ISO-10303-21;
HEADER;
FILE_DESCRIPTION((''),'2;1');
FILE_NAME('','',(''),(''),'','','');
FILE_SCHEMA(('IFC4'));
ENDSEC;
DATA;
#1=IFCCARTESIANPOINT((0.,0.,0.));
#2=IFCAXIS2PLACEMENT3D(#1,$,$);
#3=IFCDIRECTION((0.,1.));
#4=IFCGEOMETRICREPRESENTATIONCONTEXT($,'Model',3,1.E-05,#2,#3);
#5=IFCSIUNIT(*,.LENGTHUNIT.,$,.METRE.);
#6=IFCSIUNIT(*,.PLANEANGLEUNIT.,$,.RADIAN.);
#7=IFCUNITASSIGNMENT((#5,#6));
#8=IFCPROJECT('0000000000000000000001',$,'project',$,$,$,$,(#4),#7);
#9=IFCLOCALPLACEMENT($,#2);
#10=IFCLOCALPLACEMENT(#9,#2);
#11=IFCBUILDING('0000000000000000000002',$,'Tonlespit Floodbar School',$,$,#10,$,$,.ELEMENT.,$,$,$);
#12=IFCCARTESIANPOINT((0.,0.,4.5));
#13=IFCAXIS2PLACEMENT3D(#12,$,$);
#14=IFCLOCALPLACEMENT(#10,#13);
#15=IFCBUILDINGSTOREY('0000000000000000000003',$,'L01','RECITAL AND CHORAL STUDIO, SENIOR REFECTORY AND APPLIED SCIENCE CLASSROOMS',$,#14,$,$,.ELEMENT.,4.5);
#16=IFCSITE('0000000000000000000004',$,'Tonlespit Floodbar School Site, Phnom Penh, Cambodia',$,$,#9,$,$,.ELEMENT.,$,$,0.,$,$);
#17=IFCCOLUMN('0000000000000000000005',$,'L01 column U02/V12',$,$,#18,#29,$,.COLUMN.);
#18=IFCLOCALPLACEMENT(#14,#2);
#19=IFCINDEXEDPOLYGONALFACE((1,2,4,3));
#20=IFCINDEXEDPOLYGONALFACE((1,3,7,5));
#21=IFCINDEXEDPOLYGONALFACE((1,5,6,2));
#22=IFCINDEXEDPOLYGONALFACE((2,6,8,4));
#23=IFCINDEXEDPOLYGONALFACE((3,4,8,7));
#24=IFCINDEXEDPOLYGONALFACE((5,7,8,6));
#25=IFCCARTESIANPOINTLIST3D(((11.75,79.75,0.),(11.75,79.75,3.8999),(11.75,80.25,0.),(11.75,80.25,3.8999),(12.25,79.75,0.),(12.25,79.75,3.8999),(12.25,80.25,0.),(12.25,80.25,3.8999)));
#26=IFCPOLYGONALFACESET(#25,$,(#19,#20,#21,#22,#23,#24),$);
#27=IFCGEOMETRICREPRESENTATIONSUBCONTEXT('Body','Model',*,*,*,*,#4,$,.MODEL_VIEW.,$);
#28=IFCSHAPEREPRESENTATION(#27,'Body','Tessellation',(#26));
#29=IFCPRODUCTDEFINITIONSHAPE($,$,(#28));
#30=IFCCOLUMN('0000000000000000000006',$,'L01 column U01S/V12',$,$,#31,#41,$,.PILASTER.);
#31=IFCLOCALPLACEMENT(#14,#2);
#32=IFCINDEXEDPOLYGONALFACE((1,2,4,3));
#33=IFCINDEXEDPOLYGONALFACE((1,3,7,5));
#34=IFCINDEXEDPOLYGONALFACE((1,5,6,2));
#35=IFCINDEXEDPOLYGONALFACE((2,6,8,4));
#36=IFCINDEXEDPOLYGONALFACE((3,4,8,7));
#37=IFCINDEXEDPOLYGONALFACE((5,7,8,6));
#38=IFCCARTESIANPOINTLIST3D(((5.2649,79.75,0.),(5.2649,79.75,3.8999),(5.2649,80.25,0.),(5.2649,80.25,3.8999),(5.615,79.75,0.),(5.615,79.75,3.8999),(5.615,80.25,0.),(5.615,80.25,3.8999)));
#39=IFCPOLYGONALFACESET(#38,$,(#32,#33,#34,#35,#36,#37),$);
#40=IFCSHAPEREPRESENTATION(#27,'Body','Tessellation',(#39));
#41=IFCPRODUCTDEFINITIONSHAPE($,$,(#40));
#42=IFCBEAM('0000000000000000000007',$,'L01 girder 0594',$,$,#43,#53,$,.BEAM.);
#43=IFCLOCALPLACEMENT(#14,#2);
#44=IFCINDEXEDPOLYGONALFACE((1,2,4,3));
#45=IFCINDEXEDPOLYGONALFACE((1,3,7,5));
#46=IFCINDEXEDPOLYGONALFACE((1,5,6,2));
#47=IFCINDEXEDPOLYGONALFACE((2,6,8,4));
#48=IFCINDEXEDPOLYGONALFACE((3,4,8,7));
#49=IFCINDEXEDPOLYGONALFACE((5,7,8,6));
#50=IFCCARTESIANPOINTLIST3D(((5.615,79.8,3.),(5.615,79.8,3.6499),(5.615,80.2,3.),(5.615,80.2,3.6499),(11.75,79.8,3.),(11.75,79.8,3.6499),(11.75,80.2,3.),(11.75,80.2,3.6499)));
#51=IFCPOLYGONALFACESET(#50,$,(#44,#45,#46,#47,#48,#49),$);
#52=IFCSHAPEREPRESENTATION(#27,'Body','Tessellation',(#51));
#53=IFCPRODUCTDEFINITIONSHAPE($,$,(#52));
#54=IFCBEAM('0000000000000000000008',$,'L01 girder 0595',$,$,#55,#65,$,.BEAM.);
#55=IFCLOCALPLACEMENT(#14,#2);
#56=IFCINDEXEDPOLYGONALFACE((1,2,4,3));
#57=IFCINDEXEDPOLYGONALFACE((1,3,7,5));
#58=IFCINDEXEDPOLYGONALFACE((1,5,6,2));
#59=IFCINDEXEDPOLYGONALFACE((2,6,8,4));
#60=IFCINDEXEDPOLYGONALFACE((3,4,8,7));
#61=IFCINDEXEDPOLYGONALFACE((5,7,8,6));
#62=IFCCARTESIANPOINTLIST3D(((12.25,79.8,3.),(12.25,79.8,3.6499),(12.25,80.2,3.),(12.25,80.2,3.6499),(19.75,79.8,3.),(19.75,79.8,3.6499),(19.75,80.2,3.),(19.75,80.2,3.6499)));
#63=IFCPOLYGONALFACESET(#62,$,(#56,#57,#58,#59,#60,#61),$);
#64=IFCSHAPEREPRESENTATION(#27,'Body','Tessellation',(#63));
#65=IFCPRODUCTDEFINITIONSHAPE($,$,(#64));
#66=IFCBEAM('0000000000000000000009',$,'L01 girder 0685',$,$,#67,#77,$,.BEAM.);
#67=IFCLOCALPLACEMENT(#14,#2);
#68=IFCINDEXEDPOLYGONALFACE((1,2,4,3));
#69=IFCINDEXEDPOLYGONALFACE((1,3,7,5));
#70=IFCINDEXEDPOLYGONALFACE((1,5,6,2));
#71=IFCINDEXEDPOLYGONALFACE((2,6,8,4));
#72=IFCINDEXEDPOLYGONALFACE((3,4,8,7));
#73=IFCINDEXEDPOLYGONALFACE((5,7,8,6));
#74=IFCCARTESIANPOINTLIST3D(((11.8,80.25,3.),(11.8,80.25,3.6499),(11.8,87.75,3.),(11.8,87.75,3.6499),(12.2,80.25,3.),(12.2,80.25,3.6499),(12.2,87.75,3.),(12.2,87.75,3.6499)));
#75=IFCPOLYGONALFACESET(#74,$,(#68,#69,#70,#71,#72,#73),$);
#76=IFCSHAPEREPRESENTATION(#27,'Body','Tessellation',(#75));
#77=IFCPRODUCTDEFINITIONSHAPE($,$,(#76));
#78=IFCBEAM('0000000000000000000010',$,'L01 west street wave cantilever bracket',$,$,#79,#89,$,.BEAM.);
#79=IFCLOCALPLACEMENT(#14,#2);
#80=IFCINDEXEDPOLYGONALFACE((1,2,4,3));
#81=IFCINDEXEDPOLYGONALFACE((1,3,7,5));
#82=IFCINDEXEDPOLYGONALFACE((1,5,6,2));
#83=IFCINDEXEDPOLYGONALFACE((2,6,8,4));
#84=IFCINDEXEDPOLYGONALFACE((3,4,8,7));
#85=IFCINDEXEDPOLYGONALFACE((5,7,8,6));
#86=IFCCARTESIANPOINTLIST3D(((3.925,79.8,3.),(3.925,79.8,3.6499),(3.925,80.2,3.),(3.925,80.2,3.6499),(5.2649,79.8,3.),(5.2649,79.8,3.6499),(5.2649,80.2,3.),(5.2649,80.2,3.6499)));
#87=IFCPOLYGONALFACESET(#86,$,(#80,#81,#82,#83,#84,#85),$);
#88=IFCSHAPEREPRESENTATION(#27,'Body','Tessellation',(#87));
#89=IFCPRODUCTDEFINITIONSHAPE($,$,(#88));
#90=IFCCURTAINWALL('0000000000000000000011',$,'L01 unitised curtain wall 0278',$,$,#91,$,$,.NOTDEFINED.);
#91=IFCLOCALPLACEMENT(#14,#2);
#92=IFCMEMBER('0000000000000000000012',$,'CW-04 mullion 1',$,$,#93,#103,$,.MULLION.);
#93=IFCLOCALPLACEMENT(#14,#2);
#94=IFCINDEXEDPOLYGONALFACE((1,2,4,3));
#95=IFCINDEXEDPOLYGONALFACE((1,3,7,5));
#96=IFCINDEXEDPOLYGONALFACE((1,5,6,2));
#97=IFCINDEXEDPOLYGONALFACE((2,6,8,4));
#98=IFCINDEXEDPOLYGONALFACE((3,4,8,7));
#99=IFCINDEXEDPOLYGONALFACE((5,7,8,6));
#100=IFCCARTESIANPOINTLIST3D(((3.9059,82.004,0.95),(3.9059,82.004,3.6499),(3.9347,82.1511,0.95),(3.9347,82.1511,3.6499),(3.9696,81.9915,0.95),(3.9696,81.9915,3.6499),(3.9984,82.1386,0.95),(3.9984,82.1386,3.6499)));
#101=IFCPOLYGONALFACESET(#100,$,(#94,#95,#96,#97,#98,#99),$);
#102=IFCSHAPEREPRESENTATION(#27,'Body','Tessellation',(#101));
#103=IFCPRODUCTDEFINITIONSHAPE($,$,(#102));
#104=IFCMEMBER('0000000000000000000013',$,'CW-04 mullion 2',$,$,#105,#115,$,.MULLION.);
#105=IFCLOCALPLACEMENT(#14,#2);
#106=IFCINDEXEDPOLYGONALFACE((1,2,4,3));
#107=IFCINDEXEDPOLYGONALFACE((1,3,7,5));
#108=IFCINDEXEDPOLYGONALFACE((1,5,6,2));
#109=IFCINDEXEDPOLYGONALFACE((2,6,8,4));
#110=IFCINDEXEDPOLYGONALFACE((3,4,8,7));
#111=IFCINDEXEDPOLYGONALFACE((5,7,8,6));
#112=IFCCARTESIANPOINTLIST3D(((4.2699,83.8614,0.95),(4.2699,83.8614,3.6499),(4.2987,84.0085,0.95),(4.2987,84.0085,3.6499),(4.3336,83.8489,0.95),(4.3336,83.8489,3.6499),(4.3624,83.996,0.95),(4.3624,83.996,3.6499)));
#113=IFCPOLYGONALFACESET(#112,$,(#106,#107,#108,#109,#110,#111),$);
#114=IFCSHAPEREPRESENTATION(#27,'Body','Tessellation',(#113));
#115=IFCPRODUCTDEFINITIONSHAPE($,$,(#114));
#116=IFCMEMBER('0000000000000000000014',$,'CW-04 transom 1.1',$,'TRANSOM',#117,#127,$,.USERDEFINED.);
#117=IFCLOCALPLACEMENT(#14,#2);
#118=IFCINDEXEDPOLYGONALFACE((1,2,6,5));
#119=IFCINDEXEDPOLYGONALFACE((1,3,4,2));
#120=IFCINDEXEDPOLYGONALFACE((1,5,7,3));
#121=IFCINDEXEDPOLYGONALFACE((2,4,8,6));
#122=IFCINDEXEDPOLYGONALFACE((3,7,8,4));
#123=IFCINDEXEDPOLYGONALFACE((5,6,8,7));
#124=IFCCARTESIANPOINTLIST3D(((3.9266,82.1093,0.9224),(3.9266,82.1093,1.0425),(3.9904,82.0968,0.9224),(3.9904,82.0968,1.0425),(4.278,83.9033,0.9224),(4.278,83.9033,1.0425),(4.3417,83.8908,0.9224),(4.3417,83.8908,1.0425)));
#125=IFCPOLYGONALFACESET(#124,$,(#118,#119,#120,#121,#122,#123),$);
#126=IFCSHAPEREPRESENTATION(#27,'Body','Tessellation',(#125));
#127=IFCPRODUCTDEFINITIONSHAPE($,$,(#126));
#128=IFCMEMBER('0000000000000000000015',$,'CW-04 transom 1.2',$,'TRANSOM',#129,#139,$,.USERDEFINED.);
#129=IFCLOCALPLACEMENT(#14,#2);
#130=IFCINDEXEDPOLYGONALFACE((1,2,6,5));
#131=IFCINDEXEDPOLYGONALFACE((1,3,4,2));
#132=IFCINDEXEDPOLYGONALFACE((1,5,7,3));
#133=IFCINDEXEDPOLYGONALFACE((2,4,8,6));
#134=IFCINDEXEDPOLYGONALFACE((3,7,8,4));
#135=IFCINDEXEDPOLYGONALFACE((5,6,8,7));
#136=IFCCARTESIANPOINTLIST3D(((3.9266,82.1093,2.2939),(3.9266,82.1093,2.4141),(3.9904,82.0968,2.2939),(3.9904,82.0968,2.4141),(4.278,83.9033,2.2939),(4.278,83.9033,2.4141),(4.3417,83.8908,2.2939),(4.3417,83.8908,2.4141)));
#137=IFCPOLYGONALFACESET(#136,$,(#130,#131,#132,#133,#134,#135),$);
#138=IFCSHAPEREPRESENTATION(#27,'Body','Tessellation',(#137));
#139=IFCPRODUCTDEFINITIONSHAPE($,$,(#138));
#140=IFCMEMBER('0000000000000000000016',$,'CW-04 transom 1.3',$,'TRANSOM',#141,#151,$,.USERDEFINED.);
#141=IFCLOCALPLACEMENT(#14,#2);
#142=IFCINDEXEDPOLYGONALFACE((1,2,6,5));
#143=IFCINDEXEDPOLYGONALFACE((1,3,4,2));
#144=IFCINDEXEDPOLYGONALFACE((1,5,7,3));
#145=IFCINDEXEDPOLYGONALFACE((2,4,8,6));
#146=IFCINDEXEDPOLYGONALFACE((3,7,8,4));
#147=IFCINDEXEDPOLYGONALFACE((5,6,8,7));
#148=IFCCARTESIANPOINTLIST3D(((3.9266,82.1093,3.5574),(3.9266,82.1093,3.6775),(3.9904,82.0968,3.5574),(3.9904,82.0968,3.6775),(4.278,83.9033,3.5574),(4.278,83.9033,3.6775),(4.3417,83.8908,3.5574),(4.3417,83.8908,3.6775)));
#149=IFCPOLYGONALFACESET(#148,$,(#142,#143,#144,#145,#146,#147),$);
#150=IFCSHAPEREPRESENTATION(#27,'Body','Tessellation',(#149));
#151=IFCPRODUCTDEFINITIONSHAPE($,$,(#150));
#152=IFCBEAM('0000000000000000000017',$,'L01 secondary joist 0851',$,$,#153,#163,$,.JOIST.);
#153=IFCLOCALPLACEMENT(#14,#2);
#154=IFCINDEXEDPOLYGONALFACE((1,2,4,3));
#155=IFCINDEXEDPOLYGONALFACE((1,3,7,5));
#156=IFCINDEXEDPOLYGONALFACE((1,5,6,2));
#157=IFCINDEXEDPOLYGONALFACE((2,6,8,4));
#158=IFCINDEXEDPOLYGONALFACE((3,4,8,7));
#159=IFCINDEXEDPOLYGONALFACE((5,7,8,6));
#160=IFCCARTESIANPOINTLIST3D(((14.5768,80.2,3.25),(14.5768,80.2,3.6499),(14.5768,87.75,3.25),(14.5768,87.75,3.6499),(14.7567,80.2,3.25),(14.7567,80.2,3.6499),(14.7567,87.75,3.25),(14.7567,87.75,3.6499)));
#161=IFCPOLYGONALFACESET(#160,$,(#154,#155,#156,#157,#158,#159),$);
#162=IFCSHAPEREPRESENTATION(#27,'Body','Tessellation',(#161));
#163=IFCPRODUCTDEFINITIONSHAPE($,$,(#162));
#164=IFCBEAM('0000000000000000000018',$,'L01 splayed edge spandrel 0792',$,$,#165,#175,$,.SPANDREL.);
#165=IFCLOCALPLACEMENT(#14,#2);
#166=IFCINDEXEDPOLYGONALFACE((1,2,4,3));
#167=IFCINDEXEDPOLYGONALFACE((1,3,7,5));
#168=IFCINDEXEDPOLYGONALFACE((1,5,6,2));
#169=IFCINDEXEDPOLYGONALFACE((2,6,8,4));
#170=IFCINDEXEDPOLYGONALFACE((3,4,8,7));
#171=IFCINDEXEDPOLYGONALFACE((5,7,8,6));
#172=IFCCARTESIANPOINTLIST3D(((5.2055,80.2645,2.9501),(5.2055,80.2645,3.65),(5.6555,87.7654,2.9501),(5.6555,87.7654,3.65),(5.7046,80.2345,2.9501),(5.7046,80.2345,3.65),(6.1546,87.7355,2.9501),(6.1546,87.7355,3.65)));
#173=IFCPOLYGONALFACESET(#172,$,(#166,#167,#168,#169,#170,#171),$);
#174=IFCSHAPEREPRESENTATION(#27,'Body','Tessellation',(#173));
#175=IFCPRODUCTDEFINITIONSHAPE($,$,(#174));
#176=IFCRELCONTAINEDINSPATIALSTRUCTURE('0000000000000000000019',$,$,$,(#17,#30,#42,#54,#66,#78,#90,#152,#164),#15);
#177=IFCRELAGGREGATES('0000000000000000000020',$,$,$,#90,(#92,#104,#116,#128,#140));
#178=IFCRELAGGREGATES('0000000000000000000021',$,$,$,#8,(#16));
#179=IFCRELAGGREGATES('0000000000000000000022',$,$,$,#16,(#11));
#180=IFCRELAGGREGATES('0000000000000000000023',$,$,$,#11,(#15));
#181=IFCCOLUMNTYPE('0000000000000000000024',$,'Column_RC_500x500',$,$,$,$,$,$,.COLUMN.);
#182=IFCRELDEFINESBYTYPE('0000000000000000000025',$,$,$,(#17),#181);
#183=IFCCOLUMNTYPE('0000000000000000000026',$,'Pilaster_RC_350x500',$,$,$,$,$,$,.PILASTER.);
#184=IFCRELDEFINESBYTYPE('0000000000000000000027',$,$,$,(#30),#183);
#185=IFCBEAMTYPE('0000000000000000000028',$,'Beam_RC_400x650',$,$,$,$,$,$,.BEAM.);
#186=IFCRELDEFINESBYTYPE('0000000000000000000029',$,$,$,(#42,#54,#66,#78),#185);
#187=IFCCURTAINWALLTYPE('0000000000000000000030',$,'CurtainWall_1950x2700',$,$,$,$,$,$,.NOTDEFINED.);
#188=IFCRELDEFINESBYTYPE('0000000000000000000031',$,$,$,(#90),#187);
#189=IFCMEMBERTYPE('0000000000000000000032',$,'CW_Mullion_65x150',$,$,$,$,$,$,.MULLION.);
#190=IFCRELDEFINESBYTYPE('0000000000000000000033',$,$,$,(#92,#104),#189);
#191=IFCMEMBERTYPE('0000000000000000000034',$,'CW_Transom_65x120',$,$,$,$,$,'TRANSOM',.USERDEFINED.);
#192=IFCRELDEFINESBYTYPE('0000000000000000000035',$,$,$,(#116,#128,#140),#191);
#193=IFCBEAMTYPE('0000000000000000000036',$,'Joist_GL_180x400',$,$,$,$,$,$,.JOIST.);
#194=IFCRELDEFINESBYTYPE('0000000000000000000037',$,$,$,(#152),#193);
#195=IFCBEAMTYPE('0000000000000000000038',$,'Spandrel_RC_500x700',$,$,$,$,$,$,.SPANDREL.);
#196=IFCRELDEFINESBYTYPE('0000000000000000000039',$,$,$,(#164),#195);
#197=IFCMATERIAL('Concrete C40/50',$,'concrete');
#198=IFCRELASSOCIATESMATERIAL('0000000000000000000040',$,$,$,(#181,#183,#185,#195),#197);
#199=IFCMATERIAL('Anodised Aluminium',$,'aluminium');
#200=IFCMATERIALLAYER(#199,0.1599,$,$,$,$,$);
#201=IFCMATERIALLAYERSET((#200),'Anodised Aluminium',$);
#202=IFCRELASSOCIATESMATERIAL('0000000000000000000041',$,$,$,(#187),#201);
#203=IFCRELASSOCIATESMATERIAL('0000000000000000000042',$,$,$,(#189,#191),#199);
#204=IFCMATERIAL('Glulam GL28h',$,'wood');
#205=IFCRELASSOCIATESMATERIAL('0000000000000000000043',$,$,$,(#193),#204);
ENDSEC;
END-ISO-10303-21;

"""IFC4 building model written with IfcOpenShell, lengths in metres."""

from ifc_helpers import new_model, si_unit, direction, frame, origin, origin_2d, place, context, subcontext, project, spatial, rectangle, extrude, material, layer, layer_set, material_profile, profile_set, type_object, element, aggregate, save


model = new_model("IFC4")

# Units and contexts
model_context = context("Model", 3, precision=1e-05, world=origin(), true_north=direction((0.0, 1.0)))
body_context = subcontext(model_context, "Body", "Model", "MODEL_VIEW")
ifc_project = project(units=[si_unit("LENGTHUNIT", "METRE"), si_unit("PLANEANGLEUNIT", "RADIAN")], contexts=[model_context])

# Site, building, storey
site_placement = place(None, origin())
site = spatial("IfcSite", under=ifc_project, at=site_placement, Name="Tonlespit Floodbar School Site, Phnom Penh, Cambodia", CompositionType="ELEMENT", RefElevation=0.0)
building_placement = place(site_placement, origin())
building = spatial("IfcBuilding", under=site, at=building_placement, Name="Tonlespit Floodbar School", CompositionType="ELEMENT")
storey_placement = place(building_placement, frame((0.0, 0.0, 4.5)))
storey = spatial("IfcBuildingStorey", under=building, at=storey_placement, Name="L01", Description="RECITAL AND CHORAL STUDIO, SENIOR REFECTORY AND APPLIED SCIENCE CLASSROOMS", CompositionType="ELEMENT", Elevation=4.5)

# Columns
ifc_material_1 = material(Name="Concrete C40/50", Category="concrete")
ifc_material_profile_1 = material_profile(ifc_material_1, rectangle(XDim=0.5, YDim=0.5, at=origin_2d()), Name="RC 500x500")
ifc_profile_set_1 = profile_set([ifc_material_profile_1], Name="Concrete C40/50")
column_type_1 = type_object("IfcColumnType", Name="Column_RC_500x500", PredefinedType="COLUMN", material=ifc_profile_set_1)
column_1_placement = place(storey_placement, frame((12.0, 80.0, 0.0), z_axis=(0.0, 0.0, 1.0), x_axis=(1.0, 0.0, 0.0)))
element("IfcColumn", 1, at=column_1_placement, inside=storey, type_object=column_type_1, Name="L01 column U02/V12", PredefinedType="COLUMN", context=body_context, shape_type="SweptSolid", body=[
    extrude(rectangle(XDim=0.5, YDim=0.5, at=origin_2d()), origin(), (0.0, 0.0, 1.0), 3.8999),
])
ifc_material_profile_2 = material_profile(ifc_material_1, rectangle(XDim=0.3501, YDim=0.5, at=origin_2d()), Name="RC 350x500")
ifc_profile_set_2 = profile_set([ifc_material_profile_2], Name="Concrete C40/50")
column_type_2 = type_object("IfcColumnType", Name="Pilaster_RC_350x500", PredefinedType="PILASTER", material=ifc_profile_set_2)
column_2_placement = place(storey_placement, frame((5.4399, 80.0, 0.0), z_axis=(0.0, 0.0, 1.0), x_axis=(1.0, 0.0, 0.0)))
element("IfcColumn", 2, at=column_2_placement, inside=storey, type_object=column_type_2, Name="L01 column U01S/V12", PredefinedType="PILASTER", context=body_context, shape_type="SweptSolid", body=[
    extrude(rectangle(XDim=0.3501, YDim=0.5, at=origin_2d()), origin(), (0.0, 0.0, 1.0), 3.8999),
])

# Beams
ifc_material_profile_3 = material_profile(ifc_material_1, rectangle(XDim=0.3999, YDim=0.6499, at=origin_2d()), Name="RC 400x650")
ifc_profile_set_3 = profile_set([ifc_material_profile_3], Name="Concrete C40/50")
beam_type_1 = type_object("IfcBeamType", Name="Beam_RC_400x650", PredefinedType="BEAM", material=ifc_profile_set_3)
beam_1_placement = place(storey_placement, frame((5.615, 80.0, 3.325), z_axis=(1.0, 0.0, 0.0), x_axis=(0.0, 1.0, 0.0)))
element("IfcBeam", 3, at=beam_1_placement, inside=storey, type_object=beam_type_1, Name="L01 girder 0594", PredefinedType="BEAM", context=body_context, shape_type="SweptSolid", body=[
    extrude(rectangle(XDim=0.3999, YDim=0.6499, at=origin_2d()), origin(), (0.0, 0.0, 1.0), 6.135),
])
for number, where, z_axis, x_axis, name in (
    (4, (12.25, 80.0, 3.325), (1.0, 0.0, 0.0), (0.0, 1.0, 0.0), "L01 girder 0595"),
    (5, (12.0, 80.25, 3.325), (0.0, 1.0, 0.0), (-1.0, 0.0, 0.0), "L01 girder 0685"),
):
    element("IfcBeam", number, at=place(storey_placement, frame(where, z_axis=z_axis, x_axis=x_axis)), inside=storey, type_object=beam_type_1, Name=name, PredefinedType="BEAM", context=body_context, shape_type="SweptSolid", body=[
        extrude(rectangle(XDim=0.3999, YDim=0.6499, at=origin_2d()), origin(), (0.0, 0.0, 1.0), 7.5),
    ])
beam_2_placement = place(storey_placement, frame((5.2649, 80.0, 3.325), z_axis=(-1.0, 0.0, 0.0), x_axis=(0.0, -1.0, 0.0)))
element("IfcBeam", 6, at=beam_2_placement, inside=storey, type_object=beam_type_1, Name="L01 west street wave cantilever bracket", PredefinedType="BEAM", context=body_context, shape_type="SweptSolid", body=[
    extrude(rectangle(XDim=0.3999, YDim=0.6499, at=origin_2d()), origin(), (0.0, 0.0, 1.0), 1.3398),
])

# Curtain wall, members
ifc_material_2 = material(Name="Anodised Aluminium", Category="aluminium")
ifc_layer_1 = layer(ifc_material_2, 0.1599)
ifc_layer_set_1 = layer_set([ifc_layer_1], Name="Anodised Aluminium")
curtain_wall_type = type_object("IfcCurtainWallType", Name="CurtainWall_1950x2700", PredefinedType="NOTDEFINED", material=ifc_layer_set_1)
curtain_wall_placement = place(storey_placement, origin())
curtain_wall = element("IfcCurtainWall", 7, at=curtain_wall_placement, inside=storey, type_object=curtain_wall_type, Name="L01 unitised curtain wall 0278", PredefinedType="NOTDEFINED")
ifc_material_profile_4 = material_profile(ifc_material_2, rectangle(XDim=0.0649, YDim=0.1499, at=origin_2d()), Name="ALU M65x150")
ifc_profile_set_4 = profile_set([ifc_material_profile_4], Name="Anodised Aluminium")
member_type_1 = type_object("IfcMemberType", Name="CW_Mullion_65x150", PredefinedType="MULLION", material=ifc_profile_set_4)
member_1_placement = place(storey_placement, frame((3.9521, 82.0713, 0.95), z_axis=(0.0, 0.0, 1.0), x_axis=(-0.981347, 0.192245, 0.0)))
member_1 = element("IfcMember", 8, at=member_1_placement, type_object=member_type_1, Name="CW-04 mullion 1", PredefinedType="MULLION", context=body_context, shape_type="SweptSolid", body=[
    extrude(rectangle(XDim=0.0649, YDim=0.1499, at=origin_2d()), origin(), (0.0, 0.0, 1.0), 2.7),
])
member_2_placement = place(storey_placement, frame((4.3162, 83.9287, 0.95), z_axis=(0.0, 0.0, 1.0), x_axis=(-0.981347, 0.192245, 0.0)))
member_2 = element("IfcMember", 9, at=member_2_placement, type_object=member_type_1, Name="CW-04 mullion 2", PredefinedType="MULLION", context=body_context, shape_type="SweptSolid", body=[
    extrude(rectangle(XDim=0.0649, YDim=0.1499, at=origin_2d()), origin(), (0.0, 0.0, 1.0), 2.7),
])
ifc_material_profile_5 = material_profile(ifc_material_2, rectangle(XDim=0.0649, YDim=0.1201, at=origin_2d()), Name="ALU T65x120")
ifc_profile_set_5 = profile_set([ifc_material_profile_5], Name="Anodised Aluminium")
member_type_2 = type_object("IfcMemberType", Name="CW_Transom_65x120", ElementType="TRANSOM", PredefinedType="USERDEFINED", material=ifc_profile_set_5)
member_3_placement = place(storey_placement, frame((3.9585, 82.103, 0.9824), z_axis=(0.192185, 0.981359, 0.0), x_axis=(-0.981359, 0.192185, 0.0)))
member_3 = element("IfcMember", 10, at=member_3_placement, type_object=member_type_2, Name="CW-04 transom 1.1", ObjectType="TRANSOM", PredefinedType="USERDEFINED", context=body_context, shape_type="SweptSolid", body=[
    extrude(rectangle(XDim=0.0649, YDim=0.1201, at=origin_2d()), origin(), (0.0, 0.0, 1.0), 1.8281),
])
member_4_placement = place(storey_placement, frame((3.9585, 82.103, 2.354), z_axis=(0.192185, 0.981359, 0.0), x_axis=(-0.981359, 0.192185, 0.0)))
member_4 = element("IfcMember", 11, at=member_4_placement, type_object=member_type_2, Name="CW-04 transom 1.2", ObjectType="TRANSOM", PredefinedType="USERDEFINED", context=body_context, shape_type="SweptSolid", body=[
    extrude(rectangle(XDim=0.0649, YDim=0.1201, at=origin_2d()), origin(), (0.0, 0.0, 1.0), 1.8281),
])
member_5_placement = place(storey_placement, frame((3.9585, 82.103, 3.6174), z_axis=(0.192185, 0.981359, 0.0), x_axis=(-0.981359, 0.192185, 0.0)))
member_5 = element("IfcMember", 12, at=member_5_placement, type_object=member_type_2, Name="CW-04 transom 1.3", ObjectType="TRANSOM", PredefinedType="USERDEFINED", context=body_context, shape_type="SweptSolid", body=[
    extrude(rectangle(XDim=0.0649, YDim=0.1201, at=origin_2d()), origin(), (0.0, 0.0, 1.0), 1.8281),
])

# Beams
ifc_material_3 = material(Name="Glulam GL28h", Category="wood")
ifc_material_profile_6 = material_profile(ifc_material_3, rectangle(XDim=0.1799, YDim=0.3999, at=origin_2d()), Name="GL 180x400")
ifc_profile_set_6 = profile_set([ifc_material_profile_6], Name="Glulam GL28h")
beam_type_2 = type_object("IfcBeamType", Name="Joist_GL_180x400", PredefinedType="JOIST", material=ifc_profile_set_6)
beam_3_placement = place(storey_placement, frame((14.6667, 80.2, 3.45), z_axis=(0.0, 1.0, 0.0), x_axis=(-1.0, 0.0, 0.0)))
element("IfcBeam", 13, at=beam_3_placement, inside=storey, type_object=beam_type_2, Name="L01 secondary joist 0851", PredefinedType="JOIST", context=body_context, shape_type="SweptSolid", body=[
    extrude(rectangle(XDim=0.1799, YDim=0.3999, at=origin_2d()), origin(), (0.0, 0.0, 1.0), 7.55),
])
ifc_material_profile_7 = material_profile(ifc_material_1, rectangle(XDim=0.5, YDim=0.7, at=origin_2d()), Name="RC 500x700")
ifc_profile_set_7 = profile_set([ifc_material_profile_7], Name="Concrete C40/50")
beam_type_3 = type_object("IfcBeamType", Name="Spandrel_RC_500x700", PredefinedType="SPANDREL", material=ifc_profile_set_7)
beam_4_placement = place(storey_placement, frame((5.4551, 80.2495, 3.3), z_axis=(0.059878, 0.998206, 0.0), x_axis=(-0.998206, 0.059878, 0.0)))
element("IfcBeam", 14, at=beam_4_placement, inside=storey, type_object=beam_type_3, Name="L01 splayed edge spandrel 0792", PredefinedType="SPANDREL", context=body_context, shape_type="SweptSolid", body=[
    extrude(rectangle(XDim=0.5, YDim=0.7, at=origin_2d()), origin(), (0.0, 0.0, 1.0), 7.5144),
])

aggregate(curtain_wall, [member_1, member_2, member_3, member_4, member_5])

save(model, "model.ifc")
